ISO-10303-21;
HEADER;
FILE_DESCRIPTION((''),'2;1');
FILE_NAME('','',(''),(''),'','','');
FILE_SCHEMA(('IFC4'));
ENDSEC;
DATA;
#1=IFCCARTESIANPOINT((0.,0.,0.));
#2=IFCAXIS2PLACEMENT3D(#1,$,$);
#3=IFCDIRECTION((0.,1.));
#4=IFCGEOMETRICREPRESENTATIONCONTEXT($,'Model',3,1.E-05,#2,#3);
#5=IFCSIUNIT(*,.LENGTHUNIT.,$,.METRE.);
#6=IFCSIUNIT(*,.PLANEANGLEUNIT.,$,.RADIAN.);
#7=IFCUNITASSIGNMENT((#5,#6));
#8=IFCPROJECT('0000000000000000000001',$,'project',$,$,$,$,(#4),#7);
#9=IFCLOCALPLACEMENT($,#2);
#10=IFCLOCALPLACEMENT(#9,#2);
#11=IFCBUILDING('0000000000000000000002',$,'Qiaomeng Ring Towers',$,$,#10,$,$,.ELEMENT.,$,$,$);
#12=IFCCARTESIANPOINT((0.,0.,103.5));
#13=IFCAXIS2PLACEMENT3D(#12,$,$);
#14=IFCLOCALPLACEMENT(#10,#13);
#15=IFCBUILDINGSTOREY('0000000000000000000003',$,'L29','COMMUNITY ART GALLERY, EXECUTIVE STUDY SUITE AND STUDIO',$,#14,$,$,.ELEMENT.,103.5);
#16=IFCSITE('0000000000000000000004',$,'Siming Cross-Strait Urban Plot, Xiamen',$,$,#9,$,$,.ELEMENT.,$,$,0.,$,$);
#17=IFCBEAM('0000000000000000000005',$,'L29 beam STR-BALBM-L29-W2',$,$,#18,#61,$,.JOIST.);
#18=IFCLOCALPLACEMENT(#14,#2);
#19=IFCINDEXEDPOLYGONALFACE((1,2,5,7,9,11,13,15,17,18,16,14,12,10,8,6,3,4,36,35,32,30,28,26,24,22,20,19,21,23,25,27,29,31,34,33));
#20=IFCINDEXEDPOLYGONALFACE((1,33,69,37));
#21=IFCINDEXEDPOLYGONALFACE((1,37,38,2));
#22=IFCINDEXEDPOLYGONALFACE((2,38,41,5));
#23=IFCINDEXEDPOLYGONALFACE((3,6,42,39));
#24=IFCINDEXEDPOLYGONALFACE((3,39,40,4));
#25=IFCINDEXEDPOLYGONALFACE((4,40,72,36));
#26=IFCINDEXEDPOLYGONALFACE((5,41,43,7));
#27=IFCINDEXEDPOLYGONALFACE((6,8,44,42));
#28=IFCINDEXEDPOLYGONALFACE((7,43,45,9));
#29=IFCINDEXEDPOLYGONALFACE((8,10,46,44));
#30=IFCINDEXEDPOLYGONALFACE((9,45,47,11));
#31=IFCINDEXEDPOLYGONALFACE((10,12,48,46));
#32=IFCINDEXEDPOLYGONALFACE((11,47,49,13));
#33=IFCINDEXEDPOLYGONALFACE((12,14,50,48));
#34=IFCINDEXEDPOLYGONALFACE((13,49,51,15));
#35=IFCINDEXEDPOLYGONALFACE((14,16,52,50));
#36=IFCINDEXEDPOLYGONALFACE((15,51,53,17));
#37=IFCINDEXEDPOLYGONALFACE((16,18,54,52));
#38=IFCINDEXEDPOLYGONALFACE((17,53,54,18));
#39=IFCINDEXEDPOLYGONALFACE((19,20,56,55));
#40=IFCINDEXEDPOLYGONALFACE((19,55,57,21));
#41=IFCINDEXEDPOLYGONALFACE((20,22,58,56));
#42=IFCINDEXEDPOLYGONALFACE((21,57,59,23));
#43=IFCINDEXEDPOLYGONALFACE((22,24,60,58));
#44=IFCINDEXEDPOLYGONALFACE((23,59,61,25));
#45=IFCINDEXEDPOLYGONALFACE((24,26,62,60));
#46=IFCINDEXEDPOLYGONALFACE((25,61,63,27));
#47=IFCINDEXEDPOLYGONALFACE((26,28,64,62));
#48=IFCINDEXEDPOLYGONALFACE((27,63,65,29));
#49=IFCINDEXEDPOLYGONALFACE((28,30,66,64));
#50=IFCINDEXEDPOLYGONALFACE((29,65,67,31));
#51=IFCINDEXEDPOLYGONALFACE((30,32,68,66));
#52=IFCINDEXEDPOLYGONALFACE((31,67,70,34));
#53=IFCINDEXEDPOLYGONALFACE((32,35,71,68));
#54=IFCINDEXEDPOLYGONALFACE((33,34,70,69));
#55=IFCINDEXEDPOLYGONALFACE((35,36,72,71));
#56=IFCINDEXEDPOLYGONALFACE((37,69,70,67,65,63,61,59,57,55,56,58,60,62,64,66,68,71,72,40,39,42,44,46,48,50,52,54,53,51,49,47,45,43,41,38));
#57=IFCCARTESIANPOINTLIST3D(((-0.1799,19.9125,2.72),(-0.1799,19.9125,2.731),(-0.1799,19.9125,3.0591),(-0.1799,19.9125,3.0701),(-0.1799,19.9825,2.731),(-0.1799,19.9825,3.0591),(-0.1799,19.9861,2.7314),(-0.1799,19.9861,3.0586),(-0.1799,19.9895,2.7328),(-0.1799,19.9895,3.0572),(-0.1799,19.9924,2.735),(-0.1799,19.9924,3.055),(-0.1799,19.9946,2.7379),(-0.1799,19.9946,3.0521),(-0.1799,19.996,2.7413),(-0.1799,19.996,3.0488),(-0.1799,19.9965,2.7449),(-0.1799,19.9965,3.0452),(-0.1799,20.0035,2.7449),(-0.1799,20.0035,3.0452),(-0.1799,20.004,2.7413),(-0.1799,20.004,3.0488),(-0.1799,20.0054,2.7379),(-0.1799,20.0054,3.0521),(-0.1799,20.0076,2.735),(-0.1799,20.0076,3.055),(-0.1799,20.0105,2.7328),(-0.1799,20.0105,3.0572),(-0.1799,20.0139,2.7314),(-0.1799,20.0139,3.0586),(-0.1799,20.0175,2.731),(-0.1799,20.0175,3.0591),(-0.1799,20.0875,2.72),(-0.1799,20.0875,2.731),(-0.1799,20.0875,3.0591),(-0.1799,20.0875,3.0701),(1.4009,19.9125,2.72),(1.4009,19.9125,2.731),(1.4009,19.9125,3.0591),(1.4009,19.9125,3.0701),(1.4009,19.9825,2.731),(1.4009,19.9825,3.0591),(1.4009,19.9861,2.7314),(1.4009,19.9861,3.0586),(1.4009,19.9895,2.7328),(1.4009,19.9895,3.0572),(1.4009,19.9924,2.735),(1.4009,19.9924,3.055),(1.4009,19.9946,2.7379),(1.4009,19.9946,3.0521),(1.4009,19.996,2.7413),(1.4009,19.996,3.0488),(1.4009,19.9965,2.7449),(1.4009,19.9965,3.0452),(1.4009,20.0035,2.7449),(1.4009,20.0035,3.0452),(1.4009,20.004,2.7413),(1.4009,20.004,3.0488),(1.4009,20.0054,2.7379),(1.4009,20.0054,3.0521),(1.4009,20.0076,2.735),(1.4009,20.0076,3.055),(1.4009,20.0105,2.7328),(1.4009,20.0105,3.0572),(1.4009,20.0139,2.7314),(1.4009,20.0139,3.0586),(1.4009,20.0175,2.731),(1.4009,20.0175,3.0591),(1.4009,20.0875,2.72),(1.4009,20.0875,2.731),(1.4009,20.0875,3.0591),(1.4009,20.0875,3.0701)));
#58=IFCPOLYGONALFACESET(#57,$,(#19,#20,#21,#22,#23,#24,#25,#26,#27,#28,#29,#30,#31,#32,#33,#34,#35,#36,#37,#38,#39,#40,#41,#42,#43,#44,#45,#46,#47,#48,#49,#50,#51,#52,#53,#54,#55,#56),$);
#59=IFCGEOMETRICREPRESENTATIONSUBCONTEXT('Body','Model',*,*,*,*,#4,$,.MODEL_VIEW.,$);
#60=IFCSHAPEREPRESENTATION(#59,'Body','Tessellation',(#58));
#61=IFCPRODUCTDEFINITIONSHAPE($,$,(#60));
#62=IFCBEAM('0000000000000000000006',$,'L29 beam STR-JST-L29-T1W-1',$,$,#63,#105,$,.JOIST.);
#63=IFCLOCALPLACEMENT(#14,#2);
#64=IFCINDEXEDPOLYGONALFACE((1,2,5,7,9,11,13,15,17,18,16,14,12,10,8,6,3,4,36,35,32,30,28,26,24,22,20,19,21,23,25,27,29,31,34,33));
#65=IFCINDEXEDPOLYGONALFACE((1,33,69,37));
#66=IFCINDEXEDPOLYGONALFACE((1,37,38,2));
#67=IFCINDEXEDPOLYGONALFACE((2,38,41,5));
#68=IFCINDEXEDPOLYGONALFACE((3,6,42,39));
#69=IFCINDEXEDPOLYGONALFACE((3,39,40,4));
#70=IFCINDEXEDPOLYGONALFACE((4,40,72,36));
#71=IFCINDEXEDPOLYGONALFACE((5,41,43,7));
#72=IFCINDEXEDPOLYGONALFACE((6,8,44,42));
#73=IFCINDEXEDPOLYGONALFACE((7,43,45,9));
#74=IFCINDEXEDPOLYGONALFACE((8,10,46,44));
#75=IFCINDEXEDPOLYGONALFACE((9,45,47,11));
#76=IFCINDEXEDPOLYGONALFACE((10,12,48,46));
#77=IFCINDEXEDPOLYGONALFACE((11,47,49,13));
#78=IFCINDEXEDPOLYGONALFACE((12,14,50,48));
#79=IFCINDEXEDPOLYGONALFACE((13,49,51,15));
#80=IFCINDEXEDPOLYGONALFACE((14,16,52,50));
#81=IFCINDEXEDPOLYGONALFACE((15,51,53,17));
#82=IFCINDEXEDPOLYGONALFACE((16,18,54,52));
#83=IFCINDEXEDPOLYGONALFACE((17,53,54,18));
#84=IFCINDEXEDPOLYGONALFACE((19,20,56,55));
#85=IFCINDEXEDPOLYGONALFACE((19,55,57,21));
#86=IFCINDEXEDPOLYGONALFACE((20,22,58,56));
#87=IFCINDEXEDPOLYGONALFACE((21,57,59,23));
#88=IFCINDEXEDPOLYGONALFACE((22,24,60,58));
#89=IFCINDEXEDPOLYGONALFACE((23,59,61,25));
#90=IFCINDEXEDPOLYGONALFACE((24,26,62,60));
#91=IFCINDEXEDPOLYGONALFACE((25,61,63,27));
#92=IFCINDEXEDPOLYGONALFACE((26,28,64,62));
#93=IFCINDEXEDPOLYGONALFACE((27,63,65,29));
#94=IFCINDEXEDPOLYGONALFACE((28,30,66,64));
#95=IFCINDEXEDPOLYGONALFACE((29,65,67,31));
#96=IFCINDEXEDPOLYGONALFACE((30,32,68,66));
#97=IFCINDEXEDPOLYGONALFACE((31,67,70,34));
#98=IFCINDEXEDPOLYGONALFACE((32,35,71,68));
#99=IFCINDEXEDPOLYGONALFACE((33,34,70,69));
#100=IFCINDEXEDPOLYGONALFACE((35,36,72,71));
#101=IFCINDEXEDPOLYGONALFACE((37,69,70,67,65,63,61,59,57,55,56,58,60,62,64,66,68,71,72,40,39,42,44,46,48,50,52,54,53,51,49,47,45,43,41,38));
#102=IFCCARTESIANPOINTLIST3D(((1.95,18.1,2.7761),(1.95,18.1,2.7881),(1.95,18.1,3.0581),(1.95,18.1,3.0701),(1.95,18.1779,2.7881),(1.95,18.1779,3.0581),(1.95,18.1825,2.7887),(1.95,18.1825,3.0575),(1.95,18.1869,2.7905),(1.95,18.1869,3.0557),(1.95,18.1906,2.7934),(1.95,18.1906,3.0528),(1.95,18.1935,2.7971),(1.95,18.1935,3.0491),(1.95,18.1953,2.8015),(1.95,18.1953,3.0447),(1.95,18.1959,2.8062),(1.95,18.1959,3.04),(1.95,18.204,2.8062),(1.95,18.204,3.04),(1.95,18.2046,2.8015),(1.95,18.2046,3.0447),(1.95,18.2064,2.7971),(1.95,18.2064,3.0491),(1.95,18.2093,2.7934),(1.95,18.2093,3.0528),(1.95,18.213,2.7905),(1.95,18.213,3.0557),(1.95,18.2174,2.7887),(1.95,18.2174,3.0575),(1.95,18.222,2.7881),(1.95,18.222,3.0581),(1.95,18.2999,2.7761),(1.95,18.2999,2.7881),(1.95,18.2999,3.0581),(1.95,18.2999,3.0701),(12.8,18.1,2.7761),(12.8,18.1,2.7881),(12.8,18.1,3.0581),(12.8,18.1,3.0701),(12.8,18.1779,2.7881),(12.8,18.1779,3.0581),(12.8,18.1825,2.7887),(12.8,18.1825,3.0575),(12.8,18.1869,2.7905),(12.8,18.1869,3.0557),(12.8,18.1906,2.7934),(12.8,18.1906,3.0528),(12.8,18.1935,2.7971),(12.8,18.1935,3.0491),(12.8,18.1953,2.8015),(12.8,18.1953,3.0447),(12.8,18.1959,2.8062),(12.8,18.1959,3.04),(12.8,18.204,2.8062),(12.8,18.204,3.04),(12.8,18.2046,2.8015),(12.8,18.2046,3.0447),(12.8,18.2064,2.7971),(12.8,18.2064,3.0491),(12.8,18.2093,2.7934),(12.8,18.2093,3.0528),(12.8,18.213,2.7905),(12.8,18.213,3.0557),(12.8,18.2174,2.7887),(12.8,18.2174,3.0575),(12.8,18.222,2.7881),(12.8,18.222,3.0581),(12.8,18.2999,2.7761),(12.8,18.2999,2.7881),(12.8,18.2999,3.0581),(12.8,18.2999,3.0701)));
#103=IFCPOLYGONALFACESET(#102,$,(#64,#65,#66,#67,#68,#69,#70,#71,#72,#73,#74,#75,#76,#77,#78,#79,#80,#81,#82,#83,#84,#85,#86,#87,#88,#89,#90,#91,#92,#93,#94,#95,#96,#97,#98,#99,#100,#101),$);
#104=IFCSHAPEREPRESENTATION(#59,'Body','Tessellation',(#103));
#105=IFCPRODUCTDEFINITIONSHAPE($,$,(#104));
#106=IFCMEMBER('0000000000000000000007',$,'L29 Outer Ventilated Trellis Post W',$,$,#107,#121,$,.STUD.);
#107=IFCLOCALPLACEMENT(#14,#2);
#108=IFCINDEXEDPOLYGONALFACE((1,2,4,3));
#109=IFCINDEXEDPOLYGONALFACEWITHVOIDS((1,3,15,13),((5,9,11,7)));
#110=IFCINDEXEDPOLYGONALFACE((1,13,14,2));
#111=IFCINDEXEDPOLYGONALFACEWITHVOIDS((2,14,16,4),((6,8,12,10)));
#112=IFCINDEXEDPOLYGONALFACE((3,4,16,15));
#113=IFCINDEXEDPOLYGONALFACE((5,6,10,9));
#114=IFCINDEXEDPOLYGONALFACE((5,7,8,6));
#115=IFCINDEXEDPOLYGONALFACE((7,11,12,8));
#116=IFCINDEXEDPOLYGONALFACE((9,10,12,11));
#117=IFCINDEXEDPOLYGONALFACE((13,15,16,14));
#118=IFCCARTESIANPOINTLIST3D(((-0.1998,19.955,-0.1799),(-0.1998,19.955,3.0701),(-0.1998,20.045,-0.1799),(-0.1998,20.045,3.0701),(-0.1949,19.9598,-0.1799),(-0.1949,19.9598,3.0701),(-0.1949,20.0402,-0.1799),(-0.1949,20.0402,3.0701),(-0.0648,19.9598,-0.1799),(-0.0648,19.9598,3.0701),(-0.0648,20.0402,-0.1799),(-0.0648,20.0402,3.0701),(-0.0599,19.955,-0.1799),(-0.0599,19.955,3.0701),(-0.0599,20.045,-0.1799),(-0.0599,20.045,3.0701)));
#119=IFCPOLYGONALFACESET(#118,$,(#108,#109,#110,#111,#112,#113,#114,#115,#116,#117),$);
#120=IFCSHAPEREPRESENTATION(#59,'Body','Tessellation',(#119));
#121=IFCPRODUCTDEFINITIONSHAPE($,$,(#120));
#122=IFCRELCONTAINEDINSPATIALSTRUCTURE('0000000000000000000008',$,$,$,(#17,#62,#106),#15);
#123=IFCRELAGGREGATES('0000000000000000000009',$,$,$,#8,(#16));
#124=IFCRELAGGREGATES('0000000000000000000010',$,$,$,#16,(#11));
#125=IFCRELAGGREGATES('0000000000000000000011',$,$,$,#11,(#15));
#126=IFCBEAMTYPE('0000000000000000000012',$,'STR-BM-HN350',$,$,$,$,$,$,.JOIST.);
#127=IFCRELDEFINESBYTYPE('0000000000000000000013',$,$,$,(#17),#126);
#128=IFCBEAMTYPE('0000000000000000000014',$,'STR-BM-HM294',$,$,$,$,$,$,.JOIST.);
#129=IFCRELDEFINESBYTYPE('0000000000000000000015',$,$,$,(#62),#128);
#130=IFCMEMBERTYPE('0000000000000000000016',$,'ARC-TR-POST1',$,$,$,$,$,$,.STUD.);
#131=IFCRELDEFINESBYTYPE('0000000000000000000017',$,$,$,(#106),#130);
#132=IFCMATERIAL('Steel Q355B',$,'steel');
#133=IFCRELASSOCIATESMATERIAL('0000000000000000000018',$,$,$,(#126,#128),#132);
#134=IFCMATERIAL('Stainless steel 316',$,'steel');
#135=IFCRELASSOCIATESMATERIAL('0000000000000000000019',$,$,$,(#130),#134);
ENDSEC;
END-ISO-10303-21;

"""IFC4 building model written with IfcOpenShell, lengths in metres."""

from ifc_helpers import new_model, si_unit, direction, frame, origin, origin_2d, place, context, subcontext, project, spatial, hollow_rectangle, i_section, extrude, source, transform, mapped, material, material_profile, profile_set, type_object, element, save


model = new_model("IFC4")

# Units and contexts
model_context = context("Model", 3, precision=1e-05, world=origin(), true_north=direction((0.0, 1.0)))
body_context = subcontext(model_context, "Body", "Model", "MODEL_VIEW")
ifc_project = project(units=[si_unit("LENGTHUNIT", "METRE"), si_unit("PLANEANGLEUNIT", "RADIAN")], contexts=[model_context])

# Site, building, storey
site_placement = place(None, origin())
site = spatial("IfcSite", under=ifc_project, at=site_placement, Name="Siming Cross-Strait Urban Plot, Xiamen", CompositionType="ELEMENT", RefElevation=0.0)
building_placement = place(site_placement, origin())
building = spatial("IfcBuilding", under=site, at=building_placement, Name="Qiaomeng Ring Towers", CompositionType="ELEMENT")
storey_placement = place(building_placement, frame((0.0, 0.0, 103.5)))
storey = spatial("IfcBuildingStorey", under=building, at=storey_placement, Name="L29", Description="COMMUNITY ART GALLERY, EXECUTIVE STUDY SUITE AND STUDIO", CompositionType="ELEMENT", Elevation=103.5)

# Beams
ifc_material_1 = material(Name="Steel Q355B", Category="steel")
ifc_material_profile_1 = material_profile(ifc_material_1, i_section(OverallWidth=0.175, OverallDepth=0.3501, WebThickness=0.0071, FlangeThickness=0.011, FilletRadius=0.0139, at=origin_2d()), Name="HN 350x175x7x11")
ifc_profile_set_1 = profile_set([ifc_material_profile_1], Name="Steel Q355B")
beam_type_1 = type_object("IfcBeamType", Name="STR-BM-HN350", PredefinedType="JOIST", material=ifc_profile_set_1)
shared_shape_1 = source(origin(), body_context, "Body", "SweptSolid", [
    extrude(i_section(OverallWidth=0.175, OverallDepth=0.3501, WebThickness=0.0071, FlangeThickness=0.011, FilletRadius=0.0139, at=origin_2d()), origin(), (0.0, 0.0, 1.0), 1.5808),
])
beam_1_placement = place(storey_placement, frame((-0.1799, 20.0, 2.895), z_axis=(1.0, 0.0, 0.0), x_axis=(0.0, 1.0, 0.0)))
element("IfcBeam", 1, at=beam_1_placement, inside=storey, type_object=beam_type_1, Name="L29 beam STR-BALBM-L29-W2", PredefinedType="JOIST", context=body_context, shape_type="MappedRepresentation", body=[
    mapped(shared_shape_1, transform((0.0, 0.0, 0.0), x_axis=(1.0, 0.0, 0.0), y_axis=(0.0, 1.0, 0.0), z_axis=(0.0, 0.0, 1.0), scale=1.0)),
])
ifc_material_profile_2 = material_profile(ifc_material_1, i_section(OverallWidth=0.2, OverallDepth=0.2939, WebThickness=0.0081, FlangeThickness=0.012, FilletRadius=0.0181, at=origin_2d()), Name="HM 294x200x8x12")
ifc_profile_set_2 = profile_set([ifc_material_profile_2], Name="Steel Q355B")
beam_type_2 = type_object("IfcBeamType", Name="STR-BM-HM294", PredefinedType="JOIST", material=ifc_profile_set_2)
shared_shape_2 = source(origin(), body_context, "Body", "SweptSolid", [
    extrude(i_section(OverallWidth=0.2, OverallDepth=0.2939, WebThickness=0.0081, FlangeThickness=0.012, FilletRadius=0.0181, at=origin_2d()), origin(), (0.0, 0.0, 1.0), 10.8501),
])
beam_2_placement = place(storey_placement, frame((1.95, 18.2, 2.9231), z_axis=(1.0, 0.0, 0.0), x_axis=(0.0, 1.0, 0.0)))
element("IfcBeam", 2, at=beam_2_placement, inside=storey, type_object=beam_type_2, Name="L29 beam STR-JST-L29-T1W-1", PredefinedType="JOIST", context=body_context, shape_type="MappedRepresentation", body=[
    mapped(shared_shape_2, transform((0.0, 0.0, 0.0), x_axis=(1.0, 0.0, 0.0), y_axis=(0.0, 1.0, 0.0), z_axis=(0.0, 0.0, 1.0), scale=1.0)),
])

# Member
ifc_material_2 = material(Name="Stainless steel 316", Category="steel")
ifc_material_profile_3 = material_profile(ifc_material_2, hollow_rectangle(XDim=0.0901, YDim=0.1399, WallThickness=0.0049, at=origin_2d()), Name="SS TRELLIS 90x140")
ifc_profile_set_3 = profile_set([ifc_material_profile_3], Name="Stainless steel 316")
member_type = type_object("IfcMemberType", Name="ARC-TR-POST1", PredefinedType="STUD", material=ifc_profile_set_3)
shared_shape_3 = source(origin(), body_context, "Body", "SweptSolid", [
    extrude(hollow_rectangle(XDim=0.0901, YDim=0.1399, WallThickness=0.0049, at=origin_2d()), origin(), (0.0, 0.0, 1.0), 3.25),
])
member_placement = place(storey_placement, frame((-0.1299, 20.0, -0.1799), z_axis=(0.0, 0.0, 1.0), x_axis=(0.0, 1.0, 0.0)))
element("IfcMember", 3, at=member_placement, inside=storey, type_object=member_type, Name="L29 Outer Ventilated Trellis Post W", PredefinedType="STUD", context=body_context, shape_type="MappedRepresentation", body=[
    mapped(shared_shape_3, transform((0.0, 0.0, 0.0), x_axis=(1.0, 0.0, 0.0), y_axis=(0.0, 1.0, 0.0), z_axis=(0.0, 0.0, 1.0), scale=1.0)),
])

save(model, "model.ifc")
